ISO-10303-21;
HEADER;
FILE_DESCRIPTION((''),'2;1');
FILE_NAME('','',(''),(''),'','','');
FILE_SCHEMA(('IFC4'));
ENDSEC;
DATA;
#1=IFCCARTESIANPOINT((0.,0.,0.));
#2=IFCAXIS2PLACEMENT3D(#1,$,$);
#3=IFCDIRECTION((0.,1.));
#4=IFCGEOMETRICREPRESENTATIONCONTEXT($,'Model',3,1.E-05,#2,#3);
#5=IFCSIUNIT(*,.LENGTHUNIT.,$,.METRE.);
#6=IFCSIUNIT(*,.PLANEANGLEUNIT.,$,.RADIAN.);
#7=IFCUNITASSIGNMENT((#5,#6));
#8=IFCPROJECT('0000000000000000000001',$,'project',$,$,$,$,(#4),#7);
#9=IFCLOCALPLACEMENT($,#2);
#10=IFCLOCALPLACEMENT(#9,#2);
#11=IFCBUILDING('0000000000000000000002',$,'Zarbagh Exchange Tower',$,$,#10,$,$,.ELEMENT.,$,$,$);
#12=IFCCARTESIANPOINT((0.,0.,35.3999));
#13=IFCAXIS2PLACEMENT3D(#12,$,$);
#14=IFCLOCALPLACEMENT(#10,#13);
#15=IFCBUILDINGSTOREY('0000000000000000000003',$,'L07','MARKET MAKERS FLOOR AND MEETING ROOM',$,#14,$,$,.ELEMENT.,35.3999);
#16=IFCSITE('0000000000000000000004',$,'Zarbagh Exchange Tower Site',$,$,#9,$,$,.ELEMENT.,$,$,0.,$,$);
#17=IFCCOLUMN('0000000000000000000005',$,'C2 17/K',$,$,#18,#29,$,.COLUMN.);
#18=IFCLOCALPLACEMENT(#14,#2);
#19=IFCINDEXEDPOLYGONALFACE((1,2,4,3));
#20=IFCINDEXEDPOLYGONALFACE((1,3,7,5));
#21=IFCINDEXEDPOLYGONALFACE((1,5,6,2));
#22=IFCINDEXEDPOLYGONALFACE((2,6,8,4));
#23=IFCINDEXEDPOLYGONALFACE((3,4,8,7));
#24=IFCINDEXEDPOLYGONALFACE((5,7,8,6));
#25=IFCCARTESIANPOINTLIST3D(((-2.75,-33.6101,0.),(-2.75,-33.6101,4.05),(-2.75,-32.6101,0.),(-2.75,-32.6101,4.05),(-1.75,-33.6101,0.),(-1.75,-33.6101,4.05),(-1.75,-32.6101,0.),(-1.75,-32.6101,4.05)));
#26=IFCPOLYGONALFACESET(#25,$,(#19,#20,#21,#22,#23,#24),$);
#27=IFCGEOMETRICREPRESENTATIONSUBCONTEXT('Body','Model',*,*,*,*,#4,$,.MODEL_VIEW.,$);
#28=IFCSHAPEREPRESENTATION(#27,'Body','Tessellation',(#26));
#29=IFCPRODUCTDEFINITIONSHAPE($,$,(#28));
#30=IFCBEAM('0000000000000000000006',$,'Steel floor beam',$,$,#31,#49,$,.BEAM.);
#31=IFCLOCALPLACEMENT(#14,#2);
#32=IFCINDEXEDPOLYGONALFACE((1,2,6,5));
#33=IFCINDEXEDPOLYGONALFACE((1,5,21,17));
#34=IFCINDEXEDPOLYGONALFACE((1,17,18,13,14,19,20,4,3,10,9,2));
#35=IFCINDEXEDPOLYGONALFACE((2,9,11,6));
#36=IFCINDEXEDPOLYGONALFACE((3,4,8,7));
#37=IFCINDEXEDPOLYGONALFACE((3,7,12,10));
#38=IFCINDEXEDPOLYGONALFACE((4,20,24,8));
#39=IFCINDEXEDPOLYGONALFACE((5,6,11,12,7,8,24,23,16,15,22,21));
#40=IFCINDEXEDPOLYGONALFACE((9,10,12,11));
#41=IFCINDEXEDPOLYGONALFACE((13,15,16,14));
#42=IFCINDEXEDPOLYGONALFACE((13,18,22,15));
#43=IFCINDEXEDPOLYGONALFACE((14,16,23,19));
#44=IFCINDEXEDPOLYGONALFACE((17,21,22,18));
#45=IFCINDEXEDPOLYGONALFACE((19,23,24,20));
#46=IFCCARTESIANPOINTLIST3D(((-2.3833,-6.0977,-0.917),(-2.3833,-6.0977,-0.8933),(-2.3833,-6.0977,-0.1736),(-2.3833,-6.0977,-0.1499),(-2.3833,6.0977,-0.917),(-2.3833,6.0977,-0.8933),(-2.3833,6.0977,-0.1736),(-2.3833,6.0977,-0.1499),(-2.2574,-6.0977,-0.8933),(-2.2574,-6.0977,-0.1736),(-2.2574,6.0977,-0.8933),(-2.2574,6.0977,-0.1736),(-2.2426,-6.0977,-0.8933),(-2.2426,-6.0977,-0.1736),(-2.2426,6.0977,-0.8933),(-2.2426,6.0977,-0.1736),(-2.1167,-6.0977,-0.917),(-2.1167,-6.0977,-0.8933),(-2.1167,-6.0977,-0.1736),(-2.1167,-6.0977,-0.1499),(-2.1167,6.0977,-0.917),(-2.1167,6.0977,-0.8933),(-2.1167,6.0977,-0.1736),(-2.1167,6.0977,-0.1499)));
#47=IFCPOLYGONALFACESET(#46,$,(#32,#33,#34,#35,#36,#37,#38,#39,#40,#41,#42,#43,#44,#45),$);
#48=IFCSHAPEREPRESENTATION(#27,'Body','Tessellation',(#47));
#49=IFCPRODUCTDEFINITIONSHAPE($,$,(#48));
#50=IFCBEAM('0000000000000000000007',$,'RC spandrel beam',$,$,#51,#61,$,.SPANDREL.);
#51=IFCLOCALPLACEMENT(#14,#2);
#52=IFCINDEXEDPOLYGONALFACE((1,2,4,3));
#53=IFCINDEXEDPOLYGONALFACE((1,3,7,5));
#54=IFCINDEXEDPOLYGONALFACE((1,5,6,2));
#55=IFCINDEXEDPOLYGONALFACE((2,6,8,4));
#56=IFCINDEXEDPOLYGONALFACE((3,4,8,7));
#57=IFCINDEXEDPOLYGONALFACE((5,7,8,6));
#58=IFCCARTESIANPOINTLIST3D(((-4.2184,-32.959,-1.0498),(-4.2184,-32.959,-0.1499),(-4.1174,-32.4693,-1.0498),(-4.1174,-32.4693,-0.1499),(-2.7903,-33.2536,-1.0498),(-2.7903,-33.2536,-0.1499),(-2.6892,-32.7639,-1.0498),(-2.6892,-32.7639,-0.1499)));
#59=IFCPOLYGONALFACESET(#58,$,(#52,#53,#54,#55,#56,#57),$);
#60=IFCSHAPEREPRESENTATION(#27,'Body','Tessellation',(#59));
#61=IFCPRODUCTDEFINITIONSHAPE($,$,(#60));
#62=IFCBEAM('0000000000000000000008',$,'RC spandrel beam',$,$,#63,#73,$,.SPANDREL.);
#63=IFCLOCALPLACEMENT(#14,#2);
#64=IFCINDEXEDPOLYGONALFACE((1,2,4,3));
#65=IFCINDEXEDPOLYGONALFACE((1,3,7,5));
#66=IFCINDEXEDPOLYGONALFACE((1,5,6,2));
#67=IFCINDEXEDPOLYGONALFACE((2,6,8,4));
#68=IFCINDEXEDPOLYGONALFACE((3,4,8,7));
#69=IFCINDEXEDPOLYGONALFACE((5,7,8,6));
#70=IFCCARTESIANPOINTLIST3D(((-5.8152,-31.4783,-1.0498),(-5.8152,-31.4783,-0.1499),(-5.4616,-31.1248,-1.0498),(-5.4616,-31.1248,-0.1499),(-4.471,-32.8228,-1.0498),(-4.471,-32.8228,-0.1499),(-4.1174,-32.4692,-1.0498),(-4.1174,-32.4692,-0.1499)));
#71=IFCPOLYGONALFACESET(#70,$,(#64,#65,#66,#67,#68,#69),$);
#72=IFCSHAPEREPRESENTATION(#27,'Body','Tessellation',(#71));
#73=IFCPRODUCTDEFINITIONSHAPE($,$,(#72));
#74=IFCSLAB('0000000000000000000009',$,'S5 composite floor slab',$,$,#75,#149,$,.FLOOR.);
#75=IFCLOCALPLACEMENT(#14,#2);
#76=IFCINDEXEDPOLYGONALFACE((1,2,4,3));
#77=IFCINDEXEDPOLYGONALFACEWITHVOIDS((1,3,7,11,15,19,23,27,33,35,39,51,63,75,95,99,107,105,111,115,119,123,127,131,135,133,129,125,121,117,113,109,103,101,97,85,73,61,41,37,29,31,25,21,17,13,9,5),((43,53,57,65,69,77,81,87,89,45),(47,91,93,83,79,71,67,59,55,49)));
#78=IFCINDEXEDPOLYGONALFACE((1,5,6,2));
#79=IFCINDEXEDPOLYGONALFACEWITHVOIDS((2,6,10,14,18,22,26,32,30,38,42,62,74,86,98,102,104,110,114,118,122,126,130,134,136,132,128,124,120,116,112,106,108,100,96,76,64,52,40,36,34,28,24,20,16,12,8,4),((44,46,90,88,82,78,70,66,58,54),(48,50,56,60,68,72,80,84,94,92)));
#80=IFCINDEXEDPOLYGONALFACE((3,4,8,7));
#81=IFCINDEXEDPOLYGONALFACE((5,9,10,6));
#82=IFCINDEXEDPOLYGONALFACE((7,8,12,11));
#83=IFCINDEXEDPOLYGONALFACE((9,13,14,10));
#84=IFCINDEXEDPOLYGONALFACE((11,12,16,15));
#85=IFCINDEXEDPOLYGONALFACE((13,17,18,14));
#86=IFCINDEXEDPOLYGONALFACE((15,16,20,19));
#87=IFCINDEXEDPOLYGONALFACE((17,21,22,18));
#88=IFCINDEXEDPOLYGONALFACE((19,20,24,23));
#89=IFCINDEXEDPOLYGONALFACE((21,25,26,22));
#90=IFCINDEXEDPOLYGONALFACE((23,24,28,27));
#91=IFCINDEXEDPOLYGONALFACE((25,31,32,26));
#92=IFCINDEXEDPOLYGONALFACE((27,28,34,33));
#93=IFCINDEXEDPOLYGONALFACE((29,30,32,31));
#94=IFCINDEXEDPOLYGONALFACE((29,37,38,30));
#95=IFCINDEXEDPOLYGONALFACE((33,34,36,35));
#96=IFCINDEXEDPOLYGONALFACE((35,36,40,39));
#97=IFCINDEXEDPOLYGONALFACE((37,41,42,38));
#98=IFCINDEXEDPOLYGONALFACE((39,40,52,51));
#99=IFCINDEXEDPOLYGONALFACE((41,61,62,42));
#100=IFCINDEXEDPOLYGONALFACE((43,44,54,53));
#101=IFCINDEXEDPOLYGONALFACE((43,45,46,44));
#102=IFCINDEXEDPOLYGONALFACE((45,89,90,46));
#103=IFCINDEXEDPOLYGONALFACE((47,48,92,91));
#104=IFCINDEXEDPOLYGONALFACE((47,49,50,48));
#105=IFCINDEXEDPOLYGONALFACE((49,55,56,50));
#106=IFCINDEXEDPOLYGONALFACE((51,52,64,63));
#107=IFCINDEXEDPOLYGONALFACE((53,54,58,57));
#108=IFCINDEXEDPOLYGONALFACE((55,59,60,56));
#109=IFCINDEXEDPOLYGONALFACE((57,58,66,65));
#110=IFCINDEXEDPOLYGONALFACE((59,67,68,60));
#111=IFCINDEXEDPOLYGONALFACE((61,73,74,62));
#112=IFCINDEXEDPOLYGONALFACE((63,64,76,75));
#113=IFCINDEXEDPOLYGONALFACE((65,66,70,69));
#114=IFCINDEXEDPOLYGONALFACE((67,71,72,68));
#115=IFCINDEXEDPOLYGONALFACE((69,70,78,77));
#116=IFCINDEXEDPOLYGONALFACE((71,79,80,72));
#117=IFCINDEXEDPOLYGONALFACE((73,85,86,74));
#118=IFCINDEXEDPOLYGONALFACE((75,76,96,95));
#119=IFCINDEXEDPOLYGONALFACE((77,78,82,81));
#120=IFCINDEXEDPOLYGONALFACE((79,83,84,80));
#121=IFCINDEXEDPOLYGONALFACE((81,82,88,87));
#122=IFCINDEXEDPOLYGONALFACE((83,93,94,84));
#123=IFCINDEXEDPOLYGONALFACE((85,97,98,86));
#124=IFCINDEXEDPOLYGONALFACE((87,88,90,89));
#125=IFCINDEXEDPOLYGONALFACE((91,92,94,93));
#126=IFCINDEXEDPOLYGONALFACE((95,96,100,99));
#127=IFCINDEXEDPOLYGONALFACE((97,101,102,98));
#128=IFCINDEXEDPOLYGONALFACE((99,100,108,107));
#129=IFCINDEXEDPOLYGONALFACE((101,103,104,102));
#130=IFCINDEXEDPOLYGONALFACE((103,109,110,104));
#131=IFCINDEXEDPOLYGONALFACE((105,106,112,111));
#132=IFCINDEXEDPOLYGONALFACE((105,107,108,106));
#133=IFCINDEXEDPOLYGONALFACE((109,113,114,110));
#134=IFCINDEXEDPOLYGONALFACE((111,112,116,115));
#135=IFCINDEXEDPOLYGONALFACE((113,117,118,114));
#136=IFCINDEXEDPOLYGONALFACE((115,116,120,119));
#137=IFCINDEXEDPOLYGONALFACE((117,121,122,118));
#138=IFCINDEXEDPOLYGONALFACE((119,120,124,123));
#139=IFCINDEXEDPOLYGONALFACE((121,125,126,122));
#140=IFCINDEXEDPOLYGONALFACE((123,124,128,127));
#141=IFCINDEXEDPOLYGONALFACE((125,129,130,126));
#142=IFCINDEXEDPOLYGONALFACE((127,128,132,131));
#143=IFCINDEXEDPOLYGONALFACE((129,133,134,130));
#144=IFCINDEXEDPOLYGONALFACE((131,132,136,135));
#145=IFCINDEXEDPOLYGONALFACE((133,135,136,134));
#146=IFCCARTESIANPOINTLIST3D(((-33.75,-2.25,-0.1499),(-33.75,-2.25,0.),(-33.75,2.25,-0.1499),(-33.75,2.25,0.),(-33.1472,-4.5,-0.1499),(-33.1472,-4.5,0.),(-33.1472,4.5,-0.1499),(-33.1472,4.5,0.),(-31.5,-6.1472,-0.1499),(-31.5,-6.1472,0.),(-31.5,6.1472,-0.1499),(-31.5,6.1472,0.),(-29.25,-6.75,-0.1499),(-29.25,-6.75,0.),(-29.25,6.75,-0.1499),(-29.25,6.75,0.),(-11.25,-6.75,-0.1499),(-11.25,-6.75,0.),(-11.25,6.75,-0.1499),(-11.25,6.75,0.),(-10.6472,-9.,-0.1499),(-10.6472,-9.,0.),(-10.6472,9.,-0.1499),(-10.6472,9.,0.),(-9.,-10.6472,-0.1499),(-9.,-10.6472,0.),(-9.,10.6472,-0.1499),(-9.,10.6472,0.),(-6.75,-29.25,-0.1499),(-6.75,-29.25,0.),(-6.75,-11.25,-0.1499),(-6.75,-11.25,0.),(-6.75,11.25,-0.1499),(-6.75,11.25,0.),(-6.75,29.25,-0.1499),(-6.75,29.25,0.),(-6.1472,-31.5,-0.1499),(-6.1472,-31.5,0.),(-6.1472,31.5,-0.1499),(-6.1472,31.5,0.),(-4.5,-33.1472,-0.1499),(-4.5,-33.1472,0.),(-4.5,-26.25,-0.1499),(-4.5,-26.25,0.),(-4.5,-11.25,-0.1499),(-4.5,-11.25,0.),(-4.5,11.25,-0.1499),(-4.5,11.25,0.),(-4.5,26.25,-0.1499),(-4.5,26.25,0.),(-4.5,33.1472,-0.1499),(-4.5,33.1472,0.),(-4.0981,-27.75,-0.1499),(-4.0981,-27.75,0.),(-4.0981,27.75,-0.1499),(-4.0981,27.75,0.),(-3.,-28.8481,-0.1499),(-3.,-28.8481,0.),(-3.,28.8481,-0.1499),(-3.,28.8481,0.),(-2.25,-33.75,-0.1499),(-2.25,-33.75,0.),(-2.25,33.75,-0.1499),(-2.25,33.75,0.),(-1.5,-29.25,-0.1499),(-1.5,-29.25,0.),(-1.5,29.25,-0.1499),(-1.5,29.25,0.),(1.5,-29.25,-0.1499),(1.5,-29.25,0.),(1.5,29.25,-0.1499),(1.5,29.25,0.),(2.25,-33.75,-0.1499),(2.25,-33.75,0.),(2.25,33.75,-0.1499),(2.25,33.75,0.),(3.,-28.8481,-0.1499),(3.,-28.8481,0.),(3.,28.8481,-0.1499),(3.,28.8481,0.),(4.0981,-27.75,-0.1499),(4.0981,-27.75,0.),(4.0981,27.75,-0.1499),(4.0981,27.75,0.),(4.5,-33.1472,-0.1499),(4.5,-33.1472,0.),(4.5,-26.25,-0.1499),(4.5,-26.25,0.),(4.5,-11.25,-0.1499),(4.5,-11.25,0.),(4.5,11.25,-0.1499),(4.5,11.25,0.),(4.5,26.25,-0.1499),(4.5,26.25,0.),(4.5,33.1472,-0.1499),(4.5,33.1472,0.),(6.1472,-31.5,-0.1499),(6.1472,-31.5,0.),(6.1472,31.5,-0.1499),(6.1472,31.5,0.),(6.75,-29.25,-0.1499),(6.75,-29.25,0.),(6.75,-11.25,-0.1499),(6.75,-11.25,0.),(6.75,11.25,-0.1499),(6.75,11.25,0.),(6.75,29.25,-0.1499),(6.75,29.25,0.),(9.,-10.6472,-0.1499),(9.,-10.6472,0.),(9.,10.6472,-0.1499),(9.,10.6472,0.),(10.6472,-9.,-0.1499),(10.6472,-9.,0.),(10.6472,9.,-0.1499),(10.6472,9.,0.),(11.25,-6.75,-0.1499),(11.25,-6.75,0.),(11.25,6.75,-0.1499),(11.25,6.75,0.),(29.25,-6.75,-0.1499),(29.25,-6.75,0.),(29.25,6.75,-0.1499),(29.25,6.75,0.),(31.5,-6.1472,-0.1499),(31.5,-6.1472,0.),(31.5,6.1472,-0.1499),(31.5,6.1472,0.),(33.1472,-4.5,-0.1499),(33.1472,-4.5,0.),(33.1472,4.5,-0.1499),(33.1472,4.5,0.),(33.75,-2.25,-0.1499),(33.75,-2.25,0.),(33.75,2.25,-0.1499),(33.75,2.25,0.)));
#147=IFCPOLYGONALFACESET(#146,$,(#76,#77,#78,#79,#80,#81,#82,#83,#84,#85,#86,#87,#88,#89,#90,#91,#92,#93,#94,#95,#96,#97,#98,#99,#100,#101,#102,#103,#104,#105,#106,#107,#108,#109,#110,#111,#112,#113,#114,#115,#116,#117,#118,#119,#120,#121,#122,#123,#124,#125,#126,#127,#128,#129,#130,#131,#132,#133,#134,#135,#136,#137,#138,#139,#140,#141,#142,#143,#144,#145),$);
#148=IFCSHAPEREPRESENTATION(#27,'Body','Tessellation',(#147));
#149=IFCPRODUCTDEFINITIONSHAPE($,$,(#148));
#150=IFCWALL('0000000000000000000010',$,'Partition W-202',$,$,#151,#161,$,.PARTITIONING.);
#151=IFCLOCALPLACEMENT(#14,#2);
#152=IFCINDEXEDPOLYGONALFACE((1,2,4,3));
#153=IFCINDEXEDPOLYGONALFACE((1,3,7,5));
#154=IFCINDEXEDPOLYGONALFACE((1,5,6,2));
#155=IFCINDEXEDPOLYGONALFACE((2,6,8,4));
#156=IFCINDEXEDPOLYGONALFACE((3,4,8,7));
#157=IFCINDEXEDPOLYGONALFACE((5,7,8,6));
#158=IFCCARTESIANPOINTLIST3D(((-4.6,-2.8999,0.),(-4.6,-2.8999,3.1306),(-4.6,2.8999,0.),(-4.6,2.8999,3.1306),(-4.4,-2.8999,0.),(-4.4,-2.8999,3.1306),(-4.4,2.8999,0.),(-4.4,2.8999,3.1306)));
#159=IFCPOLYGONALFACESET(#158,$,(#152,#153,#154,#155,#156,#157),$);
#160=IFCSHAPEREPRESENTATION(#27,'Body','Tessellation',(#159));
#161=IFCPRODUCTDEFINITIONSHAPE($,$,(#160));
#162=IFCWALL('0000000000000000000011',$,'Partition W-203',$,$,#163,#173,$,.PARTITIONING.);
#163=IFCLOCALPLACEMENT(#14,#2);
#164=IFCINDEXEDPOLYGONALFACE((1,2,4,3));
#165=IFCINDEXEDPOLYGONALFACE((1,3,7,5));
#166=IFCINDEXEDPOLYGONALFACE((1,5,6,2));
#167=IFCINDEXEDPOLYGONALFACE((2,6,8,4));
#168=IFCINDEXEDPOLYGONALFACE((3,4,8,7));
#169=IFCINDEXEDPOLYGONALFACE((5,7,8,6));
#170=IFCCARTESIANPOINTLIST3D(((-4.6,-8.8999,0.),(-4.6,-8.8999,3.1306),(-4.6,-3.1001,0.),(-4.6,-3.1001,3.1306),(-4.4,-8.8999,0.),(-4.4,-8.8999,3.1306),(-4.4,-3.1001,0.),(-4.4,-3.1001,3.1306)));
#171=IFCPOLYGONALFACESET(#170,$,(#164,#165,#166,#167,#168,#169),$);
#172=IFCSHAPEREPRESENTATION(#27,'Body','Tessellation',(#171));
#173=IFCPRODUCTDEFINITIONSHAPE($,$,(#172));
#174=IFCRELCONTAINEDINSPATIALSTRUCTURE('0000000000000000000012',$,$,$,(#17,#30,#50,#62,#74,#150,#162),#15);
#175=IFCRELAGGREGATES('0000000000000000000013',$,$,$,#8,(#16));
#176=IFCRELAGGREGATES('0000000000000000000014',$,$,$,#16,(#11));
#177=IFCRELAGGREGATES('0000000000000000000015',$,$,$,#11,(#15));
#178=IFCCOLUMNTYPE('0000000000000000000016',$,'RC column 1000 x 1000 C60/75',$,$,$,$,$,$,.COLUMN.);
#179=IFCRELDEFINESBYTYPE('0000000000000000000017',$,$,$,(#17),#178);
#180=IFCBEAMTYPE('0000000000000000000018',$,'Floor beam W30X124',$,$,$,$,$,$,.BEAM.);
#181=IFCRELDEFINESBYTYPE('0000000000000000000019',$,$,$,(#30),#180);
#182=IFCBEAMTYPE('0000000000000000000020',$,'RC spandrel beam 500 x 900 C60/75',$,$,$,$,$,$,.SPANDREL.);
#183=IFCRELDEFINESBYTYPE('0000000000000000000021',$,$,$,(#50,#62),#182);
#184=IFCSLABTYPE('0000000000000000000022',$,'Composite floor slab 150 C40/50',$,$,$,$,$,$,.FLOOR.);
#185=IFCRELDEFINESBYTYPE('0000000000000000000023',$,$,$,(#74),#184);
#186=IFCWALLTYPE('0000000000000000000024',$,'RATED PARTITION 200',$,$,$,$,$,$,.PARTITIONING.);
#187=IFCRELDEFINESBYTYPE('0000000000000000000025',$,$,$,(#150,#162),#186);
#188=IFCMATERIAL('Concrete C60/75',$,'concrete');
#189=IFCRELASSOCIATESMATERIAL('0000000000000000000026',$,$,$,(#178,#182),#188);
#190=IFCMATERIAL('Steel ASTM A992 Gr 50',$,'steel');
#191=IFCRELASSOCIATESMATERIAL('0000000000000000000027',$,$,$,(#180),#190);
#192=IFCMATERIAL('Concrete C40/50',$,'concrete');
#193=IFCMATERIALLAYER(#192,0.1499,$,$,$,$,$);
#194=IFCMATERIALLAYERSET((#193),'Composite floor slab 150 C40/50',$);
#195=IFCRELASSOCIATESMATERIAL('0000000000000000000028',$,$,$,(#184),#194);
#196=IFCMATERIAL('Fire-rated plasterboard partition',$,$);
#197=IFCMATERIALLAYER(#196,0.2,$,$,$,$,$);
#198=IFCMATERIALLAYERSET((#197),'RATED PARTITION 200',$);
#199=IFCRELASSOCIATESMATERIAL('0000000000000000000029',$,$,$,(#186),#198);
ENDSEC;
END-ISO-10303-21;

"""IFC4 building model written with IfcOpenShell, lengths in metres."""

from ifc_helpers import new_model, si_unit, direction, frame, frame_2d, origin, origin_2d, place, context, subcontext, project, spatial, polyline, rectangle, i_section, outline, extrude, material, layer, layer_set, material_profile, profile_set, type_object, element, save


model = new_model("IFC4")

# Units and contexts
model_context = context("Model", 3, precision=1e-05, world=origin(), true_north=direction((0.0, 1.0)))
body_context = subcontext(model_context, "Body", "Model", "MODEL_VIEW")
ifc_project = project(units=[si_unit("LENGTHUNIT", "METRE"), si_unit("PLANEANGLEUNIT", "RADIAN")], contexts=[model_context])

# Site, building, storey
site_placement = place(None, origin())
site = spatial("IfcSite", under=ifc_project, at=site_placement, Name="Zarbagh Exchange Tower Site", CompositionType="ELEMENT", RefElevation=0.0)
building_placement = place(site_placement, origin())
building = spatial("IfcBuilding", under=site, at=building_placement, Name="Zarbagh Exchange Tower", CompositionType="ELEMENT")
storey_placement = place(building_placement, frame((0.0, 0.0, 35.3999)))
storey = spatial("IfcBuildingStorey", under=building, at=storey_placement, Name="L07", Description="MARKET MAKERS FLOOR AND MEETING ROOM", CompositionType="ELEMENT", Elevation=35.3999)

# Column
ifc_material_1 = material(Name="Concrete C60/75", Category="concrete")
ifc_material_profile_1 = material_profile(ifc_material_1, rectangle(XDim=1.0, YDim=1.0, at=origin_2d()), Name="RC column 1000 x 1000 C60/75")
ifc_profile_set_1 = profile_set([ifc_material_profile_1], Name="Concrete C60/75")
column_type = type_object("IfcColumnType", Name="RC column 1000 x 1000 C60/75", PredefinedType="COLUMN", material=ifc_profile_set_1)
column_placement = place(storey_placement, frame((-2.25, -33.1101, 0.0), z_axis=(0.0, 0.0, 1.0), x_axis=(1.0, 0.0, 0.0)))
element("IfcColumn", 1, at=column_placement, inside=storey, type_object=column_type, Name="C2 17/K", PredefinedType="COLUMN", context=body_context, shape_type="SweptSolid", body=[
    extrude(rectangle(XDim=1.0, YDim=1.0, at=origin_2d()), origin(), (0.0, 0.0, 1.0), 4.05),
])

# Beams
ifc_material_2 = material(Name="Steel ASTM A992 Gr 50", Category="steel")
ifc_material_profile_2 = material_profile(ifc_material_2, i_section(OverallWidth=0.2666, OverallDepth=0.7671, WebThickness=0.0149, FlangeThickness=0.0237, at=origin_2d()), Name="W30X124")
ifc_profile_set_2 = profile_set([ifc_material_profile_2], Name="Steel ASTM A992 Gr 50")
beam_type_1 = type_object("IfcBeamType", Name="Floor beam W30X124", PredefinedType="BEAM", material=ifc_profile_set_2)
beam_1_placement = place(storey_placement, frame((-2.25, -6.0977, -0.5334), z_axis=(0.0, 1.0, 0.0), x_axis=(-1.0, 0.0, 0.0)))
element("IfcBeam", 2, at=beam_1_placement, inside=storey, type_object=beam_type_1, Name="Steel floor beam", PredefinedType="BEAM", context=body_context, shape_type="SweptSolid", body=[
    extrude(i_section(OverallWidth=0.2666, OverallDepth=0.7671, WebThickness=0.0149, FlangeThickness=0.0237, at=origin_2d()), origin(), (0.0, 0.0, 1.0), 12.1953),
])
ifc_material_profile_3 = material_profile(ifc_material_1, rectangle(XDim=0.5, YDim=0.8999, at=origin_2d()), Name="RC spandrel beam 500 x 900 C60/75")
ifc_profile_set_3 = profile_set([ifc_material_profile_3], Name="Concrete C60/75")
beam_type_2 = type_object("IfcBeamType", Name="RC spandrel beam 500 x 900 C60/75", PredefinedType="SPANDREL", material=ifc_profile_set_3)
beam_2_placement = place(storey_placement, frame((-2.7397, -33.0088, -0.5999), z_axis=(-0.979371, 0.202069, 0.0), x_axis=(-0.202069, -0.979371, 0.0)))
element("IfcBeam", 3, at=beam_2_placement, inside=storey, type_object=beam_type_2, Name="RC spandrel beam", PredefinedType="SPANDREL", context=body_context, shape_type="SweptSolid", body=[
    extrude(rectangle(XDim=0.5, YDim=0.8999, at=origin_2d()), origin(), (0.0, 0.0, 1.0), 1.4583),
])
beam_3_placement = place(storey_placement, frame((-4.2942, -32.646, -0.5999), z_axis=(-0.707043, 0.707171, 0.0), x_axis=(-0.707171, -0.707043, 0.0)))
element("IfcBeam", 4, at=beam_3_placement, inside=storey, type_object=beam_type_2, Name="RC spandrel beam", PredefinedType="SPANDREL", context=body_context, shape_type="SweptSolid", body=[
    extrude(rectangle(XDim=0.5, YDim=0.8999, at=origin_2d()), origin(), (0.0, 0.0, 1.0), 1.9011),
])

# Slab
ifc_material_3 = material(Name="Concrete C40/50", Category="concrete")
ifc_layer_1 = layer(ifc_material_3, 0.1499)
ifc_layer_set_1 = layer_set([ifc_layer_1], Name="Composite floor slab 150 C40/50")
slab_type = type_object("IfcSlabType", Name="Composite floor slab 150 C40/50", PredefinedType="FLOOR", material=ifc_layer_set_1)
slab_placement = place(storey_placement, frame((0.0, 0.0, -0.1499)))
element("IfcSlab", 5, at=slab_placement, inside=storey, type_object=slab_type, Name="S5 composite floor slab", PredefinedType="FLOOR", context=body_context, shape_type="SweptSolid", body=[
    extrude(outline(polyline([(-2.25, -33.75), (-4.5, -33.1472), (-6.1472, -31.5), (-6.75, -29.25), (-6.75, -11.25), (-9.0, -10.6472), (-10.6472, -9.0), (-11.25, -6.75), (-29.25, -6.75), (-31.5, -6.1472), (-33.1472, -4.5), (-33.75, -2.25), (-33.75, 2.25), (-33.1472, 4.5), (-31.5, 6.1472), (-29.25, 6.75), (-11.25, 6.75), (-10.6472, 9.0), (-9.0, 10.6472), (-6.75, 11.25), (-6.75, 29.25), (-6.1472, 31.5), (-4.5, 33.1472), (-2.25, 33.75), (2.25, 33.75), (4.5, 33.1472), (6.1472, 31.5), (6.75, 29.25), (6.75, 11.25), (9.0, 10.6472), (10.6472, 9.0), (11.25, 6.75), (29.25, 6.75), (31.5, 6.1472), (33.1472, 4.5), (33.75, 2.25), (33.75, -2.25), (33.1472, -4.5), (31.5, -6.1472), (29.25, -6.75), (11.25, -6.75), (10.6472, -9.0), (9.0, -10.6472), (6.75, -11.25), (6.75, -29.25), (6.1472, -31.5), (4.5, -33.1472), (2.25, -33.75), (-2.25, -33.75)]), holes=[polyline([(4.5, 11.25), (4.5, 26.25), (4.0981, 27.75), (3.0, 28.8481), (1.5, 29.25), (-1.5, 29.25), (-3.0, 28.8481), (-4.0981, 27.75), (-4.5, 26.25), (-4.5, 11.25), (4.5, 11.25)]), polyline([(-1.5, -29.25), (1.5, -29.25), (3.0, -28.8481), (4.0981, -27.75), (4.5, -26.25), (4.5, -11.25), (-4.5, -11.25), (-4.5, -26.25), (-4.0981, -27.75), (-3.0, -28.8481), (-1.5, -29.25)])]), origin(), (0.0, 0.0, 1.0), 0.1499),
])

# Walls
ifc_material_4 = material(Name="Fire-rated plasterboard partition")
ifc_layer_2 = layer(ifc_material_4, 0.2)
ifc_layer_set_2 = layer_set([ifc_layer_2], Name="RATED PARTITION 200")
wall_type_1 = type_object("IfcWallType", Name="RATED PARTITION 200", PredefinedType="PARTITIONING", material=ifc_layer_set_2)
for number, where, z_axis, x_axis, name in (
    (6, (-4.5, -2.8999, 0.0), (0.0, 0.0, 1.0), (0.0, 1.0, 0.0), "Partition W-202"),
    (7, (-4.5, -8.8999, 0.0), (0.0, 0.0, 1.0), (0.0, 1.0, 0.0), "Partition W-203"),
):
    element("IfcWall", number, at=place(storey_placement, frame(where, z_axis=z_axis, x_axis=x_axis)), inside=storey, type_object=wall_type_1, Name=name, PredefinedType="PARTITIONING", context=body_context, shape_type="SweptSolid", body=[
        extrude(rectangle(XDim=5.7998, YDim=0.2, at=frame_2d((2.8999, 0.0))), origin(), (0.0, 0.0, 1.0), 3.1306),
    ])

save(model, "model.ifc")
